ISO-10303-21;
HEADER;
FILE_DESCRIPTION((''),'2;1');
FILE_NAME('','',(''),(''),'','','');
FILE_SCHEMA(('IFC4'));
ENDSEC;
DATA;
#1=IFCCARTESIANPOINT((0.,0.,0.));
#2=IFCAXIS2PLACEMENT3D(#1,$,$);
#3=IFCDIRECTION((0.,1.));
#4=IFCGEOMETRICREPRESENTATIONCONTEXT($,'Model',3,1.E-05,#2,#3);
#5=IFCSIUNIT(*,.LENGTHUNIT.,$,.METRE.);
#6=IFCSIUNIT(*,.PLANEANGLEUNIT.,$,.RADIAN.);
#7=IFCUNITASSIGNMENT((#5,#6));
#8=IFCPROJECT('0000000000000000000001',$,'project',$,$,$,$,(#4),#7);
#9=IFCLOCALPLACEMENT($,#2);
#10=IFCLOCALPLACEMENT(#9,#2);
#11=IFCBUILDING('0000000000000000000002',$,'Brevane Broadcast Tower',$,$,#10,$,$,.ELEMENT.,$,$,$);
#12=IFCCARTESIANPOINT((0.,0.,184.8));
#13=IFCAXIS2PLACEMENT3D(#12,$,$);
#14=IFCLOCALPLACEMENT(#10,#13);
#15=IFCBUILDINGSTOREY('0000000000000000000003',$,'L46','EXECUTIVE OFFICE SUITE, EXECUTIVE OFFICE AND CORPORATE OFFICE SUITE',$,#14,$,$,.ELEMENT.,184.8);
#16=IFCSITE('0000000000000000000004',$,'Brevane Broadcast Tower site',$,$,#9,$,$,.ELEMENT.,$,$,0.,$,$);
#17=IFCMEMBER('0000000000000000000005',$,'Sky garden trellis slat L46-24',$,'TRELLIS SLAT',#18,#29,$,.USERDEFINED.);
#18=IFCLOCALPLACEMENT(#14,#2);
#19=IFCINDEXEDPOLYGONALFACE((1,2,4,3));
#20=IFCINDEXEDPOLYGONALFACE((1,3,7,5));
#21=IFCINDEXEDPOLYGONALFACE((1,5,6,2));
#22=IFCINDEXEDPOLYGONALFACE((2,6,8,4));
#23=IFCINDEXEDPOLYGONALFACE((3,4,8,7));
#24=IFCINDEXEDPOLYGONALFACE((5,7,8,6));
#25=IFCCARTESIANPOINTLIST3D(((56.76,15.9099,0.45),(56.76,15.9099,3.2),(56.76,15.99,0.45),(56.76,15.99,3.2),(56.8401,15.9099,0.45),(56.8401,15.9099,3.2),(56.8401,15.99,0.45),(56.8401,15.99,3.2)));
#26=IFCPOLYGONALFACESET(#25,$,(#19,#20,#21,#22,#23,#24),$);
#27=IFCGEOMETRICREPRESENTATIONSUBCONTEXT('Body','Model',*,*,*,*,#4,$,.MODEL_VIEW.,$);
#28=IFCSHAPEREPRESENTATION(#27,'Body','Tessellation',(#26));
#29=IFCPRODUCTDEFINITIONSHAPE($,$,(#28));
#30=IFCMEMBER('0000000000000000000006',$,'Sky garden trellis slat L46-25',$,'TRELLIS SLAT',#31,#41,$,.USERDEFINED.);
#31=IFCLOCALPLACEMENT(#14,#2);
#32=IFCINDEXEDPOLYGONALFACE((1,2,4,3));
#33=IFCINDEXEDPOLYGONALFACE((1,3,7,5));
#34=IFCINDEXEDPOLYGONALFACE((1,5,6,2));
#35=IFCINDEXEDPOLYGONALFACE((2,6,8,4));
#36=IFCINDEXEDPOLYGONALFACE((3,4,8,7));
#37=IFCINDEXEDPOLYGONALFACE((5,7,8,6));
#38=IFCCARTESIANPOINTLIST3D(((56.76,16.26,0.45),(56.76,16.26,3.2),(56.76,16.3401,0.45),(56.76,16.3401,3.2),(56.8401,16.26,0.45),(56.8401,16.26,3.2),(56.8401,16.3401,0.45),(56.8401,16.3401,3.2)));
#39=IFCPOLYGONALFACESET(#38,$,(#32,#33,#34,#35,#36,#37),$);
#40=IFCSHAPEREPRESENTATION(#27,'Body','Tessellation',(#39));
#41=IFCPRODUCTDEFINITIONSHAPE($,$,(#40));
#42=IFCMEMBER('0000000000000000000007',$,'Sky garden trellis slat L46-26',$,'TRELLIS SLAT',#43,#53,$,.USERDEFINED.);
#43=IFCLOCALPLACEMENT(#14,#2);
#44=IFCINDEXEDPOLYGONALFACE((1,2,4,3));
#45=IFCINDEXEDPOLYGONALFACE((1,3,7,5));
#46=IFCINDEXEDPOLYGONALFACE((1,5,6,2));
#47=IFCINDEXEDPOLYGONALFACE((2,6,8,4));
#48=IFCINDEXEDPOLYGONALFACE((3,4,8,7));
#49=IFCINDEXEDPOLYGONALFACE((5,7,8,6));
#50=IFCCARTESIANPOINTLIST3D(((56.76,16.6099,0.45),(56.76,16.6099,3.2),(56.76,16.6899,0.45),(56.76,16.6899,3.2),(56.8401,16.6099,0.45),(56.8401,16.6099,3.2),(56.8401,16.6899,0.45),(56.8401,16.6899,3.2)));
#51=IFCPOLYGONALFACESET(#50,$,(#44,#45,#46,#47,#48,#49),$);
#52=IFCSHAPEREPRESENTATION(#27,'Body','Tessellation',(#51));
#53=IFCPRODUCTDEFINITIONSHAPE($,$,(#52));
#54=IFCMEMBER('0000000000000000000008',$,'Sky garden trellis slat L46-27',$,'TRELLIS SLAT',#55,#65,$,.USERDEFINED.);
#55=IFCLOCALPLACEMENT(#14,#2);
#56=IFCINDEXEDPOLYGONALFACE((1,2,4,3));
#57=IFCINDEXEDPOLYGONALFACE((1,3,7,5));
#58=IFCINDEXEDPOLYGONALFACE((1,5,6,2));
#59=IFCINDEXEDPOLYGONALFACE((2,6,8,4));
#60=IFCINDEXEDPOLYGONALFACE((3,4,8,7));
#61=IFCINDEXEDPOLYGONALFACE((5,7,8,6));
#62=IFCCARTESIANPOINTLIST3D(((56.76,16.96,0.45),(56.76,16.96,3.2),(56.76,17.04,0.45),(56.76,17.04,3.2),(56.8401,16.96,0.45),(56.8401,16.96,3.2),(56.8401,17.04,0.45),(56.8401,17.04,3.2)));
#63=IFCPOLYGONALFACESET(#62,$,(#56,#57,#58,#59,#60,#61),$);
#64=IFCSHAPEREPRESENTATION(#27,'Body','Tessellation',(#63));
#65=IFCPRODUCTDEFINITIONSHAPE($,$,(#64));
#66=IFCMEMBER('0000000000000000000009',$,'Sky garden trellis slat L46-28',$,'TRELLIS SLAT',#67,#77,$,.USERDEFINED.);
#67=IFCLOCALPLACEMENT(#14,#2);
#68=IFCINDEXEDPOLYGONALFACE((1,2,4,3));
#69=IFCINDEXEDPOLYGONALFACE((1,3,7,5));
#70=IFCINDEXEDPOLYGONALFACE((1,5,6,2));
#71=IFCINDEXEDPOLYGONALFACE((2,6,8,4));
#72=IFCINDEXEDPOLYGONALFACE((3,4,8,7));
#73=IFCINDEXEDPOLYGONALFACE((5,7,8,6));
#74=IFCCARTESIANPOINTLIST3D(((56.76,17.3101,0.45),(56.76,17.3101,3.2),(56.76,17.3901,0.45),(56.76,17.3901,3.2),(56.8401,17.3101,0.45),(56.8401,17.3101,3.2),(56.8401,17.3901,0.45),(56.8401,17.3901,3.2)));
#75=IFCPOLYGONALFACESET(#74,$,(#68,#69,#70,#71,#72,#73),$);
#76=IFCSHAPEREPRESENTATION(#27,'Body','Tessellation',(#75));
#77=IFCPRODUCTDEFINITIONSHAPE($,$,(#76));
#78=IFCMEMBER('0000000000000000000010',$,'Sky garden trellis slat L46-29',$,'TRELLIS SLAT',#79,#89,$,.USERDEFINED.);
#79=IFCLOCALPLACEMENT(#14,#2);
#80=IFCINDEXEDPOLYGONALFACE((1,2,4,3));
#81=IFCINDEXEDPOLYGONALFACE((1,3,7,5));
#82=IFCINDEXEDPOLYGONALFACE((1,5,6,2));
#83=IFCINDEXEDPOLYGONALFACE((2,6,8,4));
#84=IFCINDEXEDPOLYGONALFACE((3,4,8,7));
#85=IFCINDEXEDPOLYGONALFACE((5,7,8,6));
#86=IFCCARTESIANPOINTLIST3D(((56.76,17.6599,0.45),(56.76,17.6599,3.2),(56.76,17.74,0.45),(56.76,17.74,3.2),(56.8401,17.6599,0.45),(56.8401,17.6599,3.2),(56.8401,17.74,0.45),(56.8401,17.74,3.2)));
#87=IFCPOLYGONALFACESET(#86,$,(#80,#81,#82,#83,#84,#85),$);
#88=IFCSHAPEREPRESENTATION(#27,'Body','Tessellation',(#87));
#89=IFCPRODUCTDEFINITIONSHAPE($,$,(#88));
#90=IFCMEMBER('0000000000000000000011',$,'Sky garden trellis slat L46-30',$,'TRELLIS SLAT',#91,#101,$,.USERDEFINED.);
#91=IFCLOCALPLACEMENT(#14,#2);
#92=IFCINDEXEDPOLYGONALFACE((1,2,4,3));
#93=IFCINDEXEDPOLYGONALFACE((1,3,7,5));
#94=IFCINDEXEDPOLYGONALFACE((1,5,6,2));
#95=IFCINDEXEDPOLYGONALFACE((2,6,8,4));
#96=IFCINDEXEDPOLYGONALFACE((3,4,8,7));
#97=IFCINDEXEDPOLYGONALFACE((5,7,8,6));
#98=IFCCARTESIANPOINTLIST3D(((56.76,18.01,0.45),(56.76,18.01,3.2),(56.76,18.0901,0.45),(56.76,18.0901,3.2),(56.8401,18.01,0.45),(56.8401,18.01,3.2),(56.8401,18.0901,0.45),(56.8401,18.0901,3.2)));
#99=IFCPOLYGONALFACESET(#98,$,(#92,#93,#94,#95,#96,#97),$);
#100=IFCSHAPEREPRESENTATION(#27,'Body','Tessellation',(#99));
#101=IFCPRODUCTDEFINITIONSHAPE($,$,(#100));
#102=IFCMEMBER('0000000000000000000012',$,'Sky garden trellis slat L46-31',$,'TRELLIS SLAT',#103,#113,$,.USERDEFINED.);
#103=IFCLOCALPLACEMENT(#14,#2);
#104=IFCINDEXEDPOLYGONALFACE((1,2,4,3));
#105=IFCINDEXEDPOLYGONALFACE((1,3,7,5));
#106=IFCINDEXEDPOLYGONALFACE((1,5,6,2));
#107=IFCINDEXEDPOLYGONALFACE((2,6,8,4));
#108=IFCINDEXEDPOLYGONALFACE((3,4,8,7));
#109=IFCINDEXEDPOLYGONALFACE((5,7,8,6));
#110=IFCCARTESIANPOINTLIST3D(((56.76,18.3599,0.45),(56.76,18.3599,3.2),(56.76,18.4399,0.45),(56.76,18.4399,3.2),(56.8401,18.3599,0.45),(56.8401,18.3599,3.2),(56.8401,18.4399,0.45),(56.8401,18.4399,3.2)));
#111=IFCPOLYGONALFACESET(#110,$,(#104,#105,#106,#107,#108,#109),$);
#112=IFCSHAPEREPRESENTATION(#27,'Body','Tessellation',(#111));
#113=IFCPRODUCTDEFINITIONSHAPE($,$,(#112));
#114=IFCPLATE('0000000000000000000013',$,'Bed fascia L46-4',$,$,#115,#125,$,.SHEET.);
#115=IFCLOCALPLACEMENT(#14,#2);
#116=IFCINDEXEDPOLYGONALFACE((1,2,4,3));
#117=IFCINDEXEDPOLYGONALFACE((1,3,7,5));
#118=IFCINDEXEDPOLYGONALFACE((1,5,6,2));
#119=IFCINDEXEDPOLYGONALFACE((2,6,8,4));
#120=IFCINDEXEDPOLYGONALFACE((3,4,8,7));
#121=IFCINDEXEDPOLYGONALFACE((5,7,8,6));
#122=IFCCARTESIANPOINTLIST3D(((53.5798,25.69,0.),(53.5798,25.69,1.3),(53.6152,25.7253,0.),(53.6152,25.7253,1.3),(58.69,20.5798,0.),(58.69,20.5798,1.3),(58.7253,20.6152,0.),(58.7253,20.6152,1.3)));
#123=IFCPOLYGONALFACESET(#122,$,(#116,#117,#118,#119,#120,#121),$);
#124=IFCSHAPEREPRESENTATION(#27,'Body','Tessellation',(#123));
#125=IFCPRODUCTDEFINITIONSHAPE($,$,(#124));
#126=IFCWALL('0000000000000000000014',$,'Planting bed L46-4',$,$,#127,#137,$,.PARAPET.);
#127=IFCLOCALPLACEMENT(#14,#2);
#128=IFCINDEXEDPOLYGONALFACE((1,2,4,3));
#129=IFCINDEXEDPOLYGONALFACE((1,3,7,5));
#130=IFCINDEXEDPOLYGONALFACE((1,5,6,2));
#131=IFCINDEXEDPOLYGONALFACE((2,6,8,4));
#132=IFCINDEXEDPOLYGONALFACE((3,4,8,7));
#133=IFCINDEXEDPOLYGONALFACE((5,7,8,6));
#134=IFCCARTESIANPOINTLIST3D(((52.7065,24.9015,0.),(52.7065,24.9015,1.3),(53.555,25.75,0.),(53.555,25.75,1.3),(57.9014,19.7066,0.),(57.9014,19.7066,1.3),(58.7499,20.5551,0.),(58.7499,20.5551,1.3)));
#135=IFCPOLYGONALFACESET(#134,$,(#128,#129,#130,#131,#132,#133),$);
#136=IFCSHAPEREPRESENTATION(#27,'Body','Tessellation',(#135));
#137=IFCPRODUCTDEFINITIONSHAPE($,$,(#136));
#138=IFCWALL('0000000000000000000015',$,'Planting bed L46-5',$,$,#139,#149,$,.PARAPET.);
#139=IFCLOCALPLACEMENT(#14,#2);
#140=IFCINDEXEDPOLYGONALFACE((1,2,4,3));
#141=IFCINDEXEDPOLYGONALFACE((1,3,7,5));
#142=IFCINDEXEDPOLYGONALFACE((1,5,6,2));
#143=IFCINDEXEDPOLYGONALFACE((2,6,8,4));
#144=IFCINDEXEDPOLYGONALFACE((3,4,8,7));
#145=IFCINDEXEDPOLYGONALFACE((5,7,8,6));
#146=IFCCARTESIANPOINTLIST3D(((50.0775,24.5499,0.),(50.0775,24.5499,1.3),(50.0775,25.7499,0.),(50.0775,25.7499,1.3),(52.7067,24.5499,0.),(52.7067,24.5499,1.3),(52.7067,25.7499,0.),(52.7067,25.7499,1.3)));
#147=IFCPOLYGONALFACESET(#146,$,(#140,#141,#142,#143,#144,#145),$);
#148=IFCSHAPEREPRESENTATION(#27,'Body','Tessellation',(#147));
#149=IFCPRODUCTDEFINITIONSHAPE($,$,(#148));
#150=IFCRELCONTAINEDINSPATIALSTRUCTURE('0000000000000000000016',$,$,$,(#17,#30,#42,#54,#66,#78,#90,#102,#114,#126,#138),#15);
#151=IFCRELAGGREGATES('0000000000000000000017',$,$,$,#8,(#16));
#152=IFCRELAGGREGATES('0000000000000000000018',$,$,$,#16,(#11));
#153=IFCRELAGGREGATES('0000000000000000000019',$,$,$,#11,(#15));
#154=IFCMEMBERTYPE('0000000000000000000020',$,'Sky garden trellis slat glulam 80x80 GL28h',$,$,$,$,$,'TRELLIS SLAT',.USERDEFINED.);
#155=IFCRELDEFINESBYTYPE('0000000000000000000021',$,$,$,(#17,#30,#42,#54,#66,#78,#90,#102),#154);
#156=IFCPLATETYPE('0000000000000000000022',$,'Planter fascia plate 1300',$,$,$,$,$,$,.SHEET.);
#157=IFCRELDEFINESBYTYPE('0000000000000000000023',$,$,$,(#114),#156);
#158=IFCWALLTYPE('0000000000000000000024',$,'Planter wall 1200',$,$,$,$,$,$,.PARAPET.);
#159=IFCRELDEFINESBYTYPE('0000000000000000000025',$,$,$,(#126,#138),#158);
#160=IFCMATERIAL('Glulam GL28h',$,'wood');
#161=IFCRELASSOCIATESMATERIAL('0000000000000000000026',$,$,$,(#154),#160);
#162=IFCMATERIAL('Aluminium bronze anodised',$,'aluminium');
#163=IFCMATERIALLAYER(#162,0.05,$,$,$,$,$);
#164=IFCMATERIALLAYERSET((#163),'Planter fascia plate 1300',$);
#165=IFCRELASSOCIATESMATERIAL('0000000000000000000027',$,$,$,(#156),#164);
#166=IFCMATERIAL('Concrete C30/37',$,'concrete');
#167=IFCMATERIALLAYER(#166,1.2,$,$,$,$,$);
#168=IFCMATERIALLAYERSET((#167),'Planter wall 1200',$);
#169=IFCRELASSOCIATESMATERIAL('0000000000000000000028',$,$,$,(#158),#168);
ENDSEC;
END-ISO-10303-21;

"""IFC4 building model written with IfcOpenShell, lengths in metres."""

from ifc_helpers import new_model, si_unit, direction, frame, frame_2d, origin, origin_2d, place, context, subcontext, project, spatial, polyline, rectangle, outline, extrude, material, layer, layer_set, material_profile, profile_set, type_object, element, save


model = new_model("IFC4")

# Units and contexts
model_context = context("Model", 3, precision=1e-05, world=origin(), true_north=direction((0.0, 1.0)))
body_context = subcontext(model_context, "Body", "Model", "MODEL_VIEW")
ifc_project = project(units=[si_unit("LENGTHUNIT", "METRE"), si_unit("PLANEANGLEUNIT", "RADIAN")], contexts=[model_context])

# Site, building, storey
site_placement = place(None, origin())
site = spatial("IfcSite", under=ifc_project, at=site_placement, Name="Brevane Broadcast Tower site", CompositionType="ELEMENT", RefElevation=0.0)
building_placement = place(site_placement, origin())
building = spatial("IfcBuilding", under=site, at=building_placement, Name="Brevane Broadcast Tower", CompositionType="ELEMENT")
storey_placement = place(building_placement, frame((0.0, 0.0, 184.8)))
storey = spatial("IfcBuildingStorey", under=building, at=storey_placement, Name="L46", Description="EXECUTIVE OFFICE SUITE, EXECUTIVE OFFICE AND CORPORATE OFFICE SUITE", CompositionType="ELEMENT", Elevation=184.8)

# Members
ifc_material_1 = material(Name="Glulam GL28h", Category="wood")
ifc_material_profile_1 = material_profile(ifc_material_1, rectangle(XDim=0.0801, YDim=0.0801, at=origin_2d()), Name="RECT 80x80")
ifc_profile_set_1 = profile_set([ifc_material_profile_1], Name="Glulam GL28h")
member_type_1 = type_object("IfcMemberType", Name="Sky garden trellis slat glulam 80x80 GL28h", ElementType="TRELLIS SLAT", PredefinedType="USERDEFINED", material=ifc_profile_set_1)
for number, where, z_axis, x_axis, name in (
    (1, (56.8, 15.95, 0.45), (0.0, 0.0, 1.0), (1.0, 0.0, 0.0), "Sky garden trellis slat L46-24"),
    (2, (56.8, 16.3, 0.45), (0.0, 0.0, 1.0), (1.0, 0.0, 0.0), "Sky garden trellis slat L46-25"),
    (3, (56.8, 16.6499, 0.45), (0.0, 0.0, 1.0), (1.0, 0.0, 0.0), "Sky garden trellis slat L46-26"),
    (4, (56.8, 17.0, 0.45), (0.0, 0.0, 1.0), (1.0, 0.0, 0.0), "Sky garden trellis slat L46-27"),
    (5, (56.8, 17.3501, 0.45), (0.0, 0.0, 1.0), (1.0, 0.0, 0.0), "Sky garden trellis slat L46-28"),
    (6, (56.8, 17.7, 0.45), (0.0, 0.0, 1.0), (1.0, 0.0, 0.0), "Sky garden trellis slat L46-29"),
    (7, (56.8, 18.05, 0.45), (0.0, 0.0, 1.0), (1.0, 0.0, 0.0), "Sky garden trellis slat L46-30"),
    (8, (56.8, 18.3999, 0.45), (0.0, 0.0, 1.0), (1.0, 0.0, 0.0), "Sky garden trellis slat L46-31"),
):
    element("IfcMember", number, at=place(storey_placement, frame(where, z_axis=z_axis, x_axis=x_axis)), inside=storey, type_object=member_type_1, Name=name, ObjectType="TRELLIS SLAT", PredefinedType="USERDEFINED", context=body_context, shape_type="SweptSolid", body=[
        extrude(rectangle(XDim=0.0801, YDim=0.0801, at=origin_2d()), origin(), (0.0, 0.0, 1.0), 2.75),
    ])

# Plate
ifc_material_2 = material(Name="Aluminium bronze anodised", Category="aluminium")
ifc_layer_1 = layer(ifc_material_2, 0.05)
ifc_layer_set_1 = layer_set([ifc_layer_1], Name="Planter fascia plate 1300")
plate_type = type_object("IfcPlateType", Name="Planter fascia plate 1300", PredefinedType="SHEET", material=ifc_layer_set_1)
plate_placement = place(storey_placement, frame((58.7253, 20.6152, 0.0), z_axis=(0.707107, 0.707107, 0.0), x_axis=(-0.707107, 0.707107, 0.0)))
element("IfcPlate", 9, at=plate_placement, inside=storey, type_object=plate_type, Name="Bed fascia L46-4", PredefinedType="SHEET", context=body_context, shape_type="SweptSolid", body=[
    extrude(outline(polyline([(0.0, 0.0), (7.2268, 0.0), (7.2268, 1.3), (0.0, 1.3), (0.0, 0.0)])), origin(), (0.0, 0.0, -1.0), 0.05),
])

# Walls
ifc_material_3 = material(Name="Concrete C30/37", Category="concrete")
ifc_layer_2 = layer(ifc_material_3, 1.2)
ifc_layer_set_2 = layer_set([ifc_layer_2], Name="Planter wall 1200")
wall_type = type_object("IfcWallType", Name="Planter wall 1200", PredefinedType="PARAPET", material=ifc_layer_set_2)
wall_1_placement = place(storey_placement, frame((58.3257, 20.1309, 0.0), z_axis=(0.0, 0.0, 1.0), x_axis=(-0.707107, 0.707107, 0.0)))
element("IfcWall", 10, at=wall_1_placement, inside=storey, type_object=wall_type, Name="Planting bed L46-4", PredefinedType="PARAPET", context=body_context, shape_type="SweptSolid", body=[
    extrude(rectangle(XDim=7.3467, YDim=1.2, at=frame_2d((3.6733, 0.0))), origin(), (0.0, 0.0, 1.0), 1.3),
])
wall_2_placement = place(storey_placement, frame((52.7065, 25.1499, 0.0), z_axis=(0.0, 0.0, 1.0), x_axis=(-1.0, 0.0, 0.0)))
element("IfcWall", 11, at=wall_2_placement, inside=storey, type_object=wall_type, Name="Planting bed L46-5", PredefinedType="PARAPET", context=body_context, shape_type="SweptSolid", body=[
    extrude(rectangle(XDim=2.6292, YDim=1.2, at=frame_2d((1.3145, 0.0))), origin(), (0.0, 0.0, 1.0), 1.3),
])

save(model, "model.ifc")
